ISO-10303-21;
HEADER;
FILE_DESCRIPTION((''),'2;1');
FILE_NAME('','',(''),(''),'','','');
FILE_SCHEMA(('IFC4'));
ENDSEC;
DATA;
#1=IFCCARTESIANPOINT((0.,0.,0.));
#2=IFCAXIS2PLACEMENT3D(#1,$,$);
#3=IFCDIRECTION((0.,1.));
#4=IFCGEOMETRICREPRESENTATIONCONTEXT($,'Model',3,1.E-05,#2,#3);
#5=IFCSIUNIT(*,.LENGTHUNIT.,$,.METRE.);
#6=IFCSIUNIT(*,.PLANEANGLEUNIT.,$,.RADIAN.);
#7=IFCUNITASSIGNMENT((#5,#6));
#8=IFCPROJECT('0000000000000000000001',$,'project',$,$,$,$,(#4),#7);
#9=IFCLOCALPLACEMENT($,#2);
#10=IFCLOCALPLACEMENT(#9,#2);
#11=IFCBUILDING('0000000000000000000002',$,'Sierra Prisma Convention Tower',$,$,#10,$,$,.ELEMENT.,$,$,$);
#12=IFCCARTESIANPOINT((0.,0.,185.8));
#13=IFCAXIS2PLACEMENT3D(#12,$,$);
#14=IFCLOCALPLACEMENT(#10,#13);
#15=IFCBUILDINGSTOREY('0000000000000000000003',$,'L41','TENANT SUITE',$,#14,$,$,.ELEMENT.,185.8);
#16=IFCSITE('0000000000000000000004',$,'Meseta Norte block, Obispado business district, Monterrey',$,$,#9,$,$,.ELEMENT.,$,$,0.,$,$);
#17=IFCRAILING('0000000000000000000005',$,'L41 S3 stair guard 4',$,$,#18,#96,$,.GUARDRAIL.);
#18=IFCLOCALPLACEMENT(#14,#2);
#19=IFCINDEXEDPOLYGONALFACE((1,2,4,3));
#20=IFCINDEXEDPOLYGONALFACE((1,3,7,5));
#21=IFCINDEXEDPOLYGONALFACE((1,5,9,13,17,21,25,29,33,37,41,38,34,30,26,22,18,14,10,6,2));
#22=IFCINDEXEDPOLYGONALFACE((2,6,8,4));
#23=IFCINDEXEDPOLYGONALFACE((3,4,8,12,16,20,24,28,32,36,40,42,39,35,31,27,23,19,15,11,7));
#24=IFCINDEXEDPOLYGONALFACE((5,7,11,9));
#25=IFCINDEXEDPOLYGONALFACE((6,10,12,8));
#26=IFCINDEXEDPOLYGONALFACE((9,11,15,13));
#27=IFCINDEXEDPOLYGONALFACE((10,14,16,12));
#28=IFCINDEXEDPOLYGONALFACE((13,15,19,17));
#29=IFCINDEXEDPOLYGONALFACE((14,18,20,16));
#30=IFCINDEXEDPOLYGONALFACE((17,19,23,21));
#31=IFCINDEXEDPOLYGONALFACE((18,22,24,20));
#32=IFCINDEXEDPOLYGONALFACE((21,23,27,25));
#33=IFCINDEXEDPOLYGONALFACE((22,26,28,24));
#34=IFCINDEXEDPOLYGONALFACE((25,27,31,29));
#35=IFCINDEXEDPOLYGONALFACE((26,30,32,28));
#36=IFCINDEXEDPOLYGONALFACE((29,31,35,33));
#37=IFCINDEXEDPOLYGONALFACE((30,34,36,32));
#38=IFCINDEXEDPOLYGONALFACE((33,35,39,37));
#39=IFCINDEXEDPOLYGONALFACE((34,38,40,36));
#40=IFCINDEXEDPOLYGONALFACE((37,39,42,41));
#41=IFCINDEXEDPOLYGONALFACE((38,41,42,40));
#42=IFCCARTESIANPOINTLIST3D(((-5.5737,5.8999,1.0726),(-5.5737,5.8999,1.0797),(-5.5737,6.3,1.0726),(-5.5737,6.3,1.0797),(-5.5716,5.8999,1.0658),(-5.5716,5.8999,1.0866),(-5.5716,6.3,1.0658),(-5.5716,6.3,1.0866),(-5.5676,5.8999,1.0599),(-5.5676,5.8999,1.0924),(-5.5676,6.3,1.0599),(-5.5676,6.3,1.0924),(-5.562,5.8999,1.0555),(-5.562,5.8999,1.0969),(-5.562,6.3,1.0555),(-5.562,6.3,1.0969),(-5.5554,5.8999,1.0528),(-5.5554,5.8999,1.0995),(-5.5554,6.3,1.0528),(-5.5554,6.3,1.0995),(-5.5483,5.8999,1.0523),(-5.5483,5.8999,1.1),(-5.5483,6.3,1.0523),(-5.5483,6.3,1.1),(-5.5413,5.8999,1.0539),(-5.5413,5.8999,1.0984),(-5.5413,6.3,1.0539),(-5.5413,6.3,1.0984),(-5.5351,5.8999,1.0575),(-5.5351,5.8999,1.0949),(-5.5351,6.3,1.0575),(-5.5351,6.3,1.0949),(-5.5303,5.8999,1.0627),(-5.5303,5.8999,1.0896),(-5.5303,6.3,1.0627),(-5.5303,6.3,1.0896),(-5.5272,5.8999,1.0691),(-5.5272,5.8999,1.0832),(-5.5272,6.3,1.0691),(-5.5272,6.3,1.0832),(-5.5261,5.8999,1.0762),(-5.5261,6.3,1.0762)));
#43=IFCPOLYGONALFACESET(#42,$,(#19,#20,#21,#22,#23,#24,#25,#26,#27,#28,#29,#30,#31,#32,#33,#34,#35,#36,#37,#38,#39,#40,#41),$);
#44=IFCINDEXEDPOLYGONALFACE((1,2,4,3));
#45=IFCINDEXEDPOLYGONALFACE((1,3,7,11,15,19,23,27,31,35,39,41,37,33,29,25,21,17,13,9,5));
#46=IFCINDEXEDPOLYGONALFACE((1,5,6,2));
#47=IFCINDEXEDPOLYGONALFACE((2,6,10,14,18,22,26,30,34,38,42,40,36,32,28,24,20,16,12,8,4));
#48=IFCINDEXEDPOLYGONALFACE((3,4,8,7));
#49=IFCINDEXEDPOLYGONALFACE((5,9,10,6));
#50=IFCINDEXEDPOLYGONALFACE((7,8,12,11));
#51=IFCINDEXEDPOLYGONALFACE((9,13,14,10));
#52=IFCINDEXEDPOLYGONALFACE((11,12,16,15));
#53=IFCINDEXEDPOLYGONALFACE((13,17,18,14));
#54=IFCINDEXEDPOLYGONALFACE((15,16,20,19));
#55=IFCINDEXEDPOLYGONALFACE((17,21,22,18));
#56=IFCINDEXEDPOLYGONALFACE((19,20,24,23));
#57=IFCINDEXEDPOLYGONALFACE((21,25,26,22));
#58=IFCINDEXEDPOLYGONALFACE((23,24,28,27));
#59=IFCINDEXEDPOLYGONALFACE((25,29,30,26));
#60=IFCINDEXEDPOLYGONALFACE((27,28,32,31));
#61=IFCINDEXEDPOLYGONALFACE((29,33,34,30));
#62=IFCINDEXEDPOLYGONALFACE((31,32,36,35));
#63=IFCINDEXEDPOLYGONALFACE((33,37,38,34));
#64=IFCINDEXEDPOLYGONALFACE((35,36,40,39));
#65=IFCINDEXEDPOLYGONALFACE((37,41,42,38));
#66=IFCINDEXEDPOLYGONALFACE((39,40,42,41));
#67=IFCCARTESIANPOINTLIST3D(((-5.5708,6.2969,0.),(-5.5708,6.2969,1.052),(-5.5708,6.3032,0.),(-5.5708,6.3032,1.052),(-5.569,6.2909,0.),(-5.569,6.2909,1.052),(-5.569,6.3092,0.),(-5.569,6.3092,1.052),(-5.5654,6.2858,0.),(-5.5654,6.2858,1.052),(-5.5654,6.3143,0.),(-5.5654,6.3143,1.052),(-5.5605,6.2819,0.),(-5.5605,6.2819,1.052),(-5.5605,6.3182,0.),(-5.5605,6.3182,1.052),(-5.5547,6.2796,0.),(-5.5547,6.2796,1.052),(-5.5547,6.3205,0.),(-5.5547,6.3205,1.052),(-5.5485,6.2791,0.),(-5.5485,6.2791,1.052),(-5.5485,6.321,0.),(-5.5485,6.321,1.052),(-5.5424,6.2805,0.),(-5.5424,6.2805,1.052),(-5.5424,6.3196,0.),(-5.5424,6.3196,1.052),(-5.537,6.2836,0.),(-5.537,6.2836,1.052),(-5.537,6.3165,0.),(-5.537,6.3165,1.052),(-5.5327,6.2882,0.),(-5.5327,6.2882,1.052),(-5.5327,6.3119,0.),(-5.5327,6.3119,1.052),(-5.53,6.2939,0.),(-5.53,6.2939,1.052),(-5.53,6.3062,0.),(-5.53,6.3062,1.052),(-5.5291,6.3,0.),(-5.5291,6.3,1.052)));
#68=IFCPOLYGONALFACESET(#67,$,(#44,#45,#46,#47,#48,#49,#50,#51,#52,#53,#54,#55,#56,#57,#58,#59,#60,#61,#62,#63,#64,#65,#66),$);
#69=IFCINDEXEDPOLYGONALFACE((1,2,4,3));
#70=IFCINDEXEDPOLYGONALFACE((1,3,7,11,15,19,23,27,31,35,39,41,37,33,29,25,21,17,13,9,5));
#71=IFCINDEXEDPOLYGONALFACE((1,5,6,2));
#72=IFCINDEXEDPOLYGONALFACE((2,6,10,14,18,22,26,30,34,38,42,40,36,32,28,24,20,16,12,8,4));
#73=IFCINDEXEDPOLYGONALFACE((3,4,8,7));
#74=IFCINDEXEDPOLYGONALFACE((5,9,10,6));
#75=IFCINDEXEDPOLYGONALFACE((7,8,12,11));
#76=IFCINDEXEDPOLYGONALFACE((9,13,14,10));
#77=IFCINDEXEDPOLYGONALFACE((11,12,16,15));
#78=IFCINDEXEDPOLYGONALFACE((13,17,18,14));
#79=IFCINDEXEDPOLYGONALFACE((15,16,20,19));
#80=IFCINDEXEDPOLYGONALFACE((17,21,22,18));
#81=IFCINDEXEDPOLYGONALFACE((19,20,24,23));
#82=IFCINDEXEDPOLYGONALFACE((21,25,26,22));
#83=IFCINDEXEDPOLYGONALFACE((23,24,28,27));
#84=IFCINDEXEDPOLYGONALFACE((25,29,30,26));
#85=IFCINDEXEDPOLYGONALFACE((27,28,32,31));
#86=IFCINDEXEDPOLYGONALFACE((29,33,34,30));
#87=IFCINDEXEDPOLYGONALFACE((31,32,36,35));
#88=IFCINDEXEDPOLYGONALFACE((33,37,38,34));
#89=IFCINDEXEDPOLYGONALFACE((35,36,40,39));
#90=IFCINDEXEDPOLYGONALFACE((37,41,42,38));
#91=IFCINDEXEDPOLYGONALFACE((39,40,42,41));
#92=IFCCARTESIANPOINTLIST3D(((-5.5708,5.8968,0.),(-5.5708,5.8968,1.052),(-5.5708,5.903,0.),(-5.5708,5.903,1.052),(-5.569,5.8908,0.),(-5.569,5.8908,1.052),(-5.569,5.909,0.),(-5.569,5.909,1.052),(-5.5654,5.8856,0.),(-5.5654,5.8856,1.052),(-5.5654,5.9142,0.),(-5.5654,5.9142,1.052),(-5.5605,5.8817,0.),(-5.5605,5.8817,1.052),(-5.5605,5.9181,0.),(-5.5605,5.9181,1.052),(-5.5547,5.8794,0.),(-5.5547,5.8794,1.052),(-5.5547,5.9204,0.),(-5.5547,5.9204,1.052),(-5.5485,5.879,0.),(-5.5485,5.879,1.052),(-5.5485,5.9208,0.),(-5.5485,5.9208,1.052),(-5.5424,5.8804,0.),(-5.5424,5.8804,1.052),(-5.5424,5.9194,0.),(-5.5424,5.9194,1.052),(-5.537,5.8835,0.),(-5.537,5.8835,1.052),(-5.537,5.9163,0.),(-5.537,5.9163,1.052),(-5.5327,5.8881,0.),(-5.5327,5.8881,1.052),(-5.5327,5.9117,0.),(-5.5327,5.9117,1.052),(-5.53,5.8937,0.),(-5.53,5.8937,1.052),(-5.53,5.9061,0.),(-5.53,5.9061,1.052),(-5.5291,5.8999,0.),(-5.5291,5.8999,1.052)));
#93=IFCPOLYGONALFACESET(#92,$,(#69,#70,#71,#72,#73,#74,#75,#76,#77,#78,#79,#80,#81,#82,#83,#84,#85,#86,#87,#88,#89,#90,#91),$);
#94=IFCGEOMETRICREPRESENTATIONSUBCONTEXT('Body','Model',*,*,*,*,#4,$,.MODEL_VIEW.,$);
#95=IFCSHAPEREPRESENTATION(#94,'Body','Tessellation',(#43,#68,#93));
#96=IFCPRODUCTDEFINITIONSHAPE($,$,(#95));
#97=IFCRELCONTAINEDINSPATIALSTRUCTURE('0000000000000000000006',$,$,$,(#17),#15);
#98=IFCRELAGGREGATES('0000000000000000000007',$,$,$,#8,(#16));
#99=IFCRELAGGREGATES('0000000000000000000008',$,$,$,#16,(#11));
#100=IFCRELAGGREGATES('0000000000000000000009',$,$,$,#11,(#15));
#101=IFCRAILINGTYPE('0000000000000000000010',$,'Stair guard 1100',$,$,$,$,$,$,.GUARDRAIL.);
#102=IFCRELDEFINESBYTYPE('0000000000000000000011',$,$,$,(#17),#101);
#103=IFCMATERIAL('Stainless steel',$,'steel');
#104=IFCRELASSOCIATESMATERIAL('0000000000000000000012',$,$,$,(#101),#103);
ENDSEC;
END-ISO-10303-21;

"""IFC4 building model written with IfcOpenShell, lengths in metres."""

from ifc_helpers import new_model, si_unit, direction, frame, origin, origin_2d, place, context, subcontext, project, spatial, circle, extrude, material, type_object, element, save


model = new_model("IFC4")

# Units and contexts
model_context = context("Model", 3, precision=1e-05, world=origin(), true_north=direction((0.0, 1.0)))
body_context = subcontext(model_context, "Body", "Model", "MODEL_VIEW")
ifc_project = project(units=[si_unit("LENGTHUNIT", "METRE"), si_unit("PLANEANGLEUNIT", "RADIAN")], contexts=[model_context])

# Site, building, storey
site_placement = place(None, origin())
site = spatial("IfcSite", under=ifc_project, at=site_placement, Name="Meseta Norte block, Obispado business district, Monterrey", CompositionType="ELEMENT", RefElevation=0.0)
building_placement = place(site_placement, origin())
building = spatial("IfcBuilding", under=site, at=building_placement, Name="Sierra Prisma Convention Tower", CompositionType="ELEMENT")
storey_placement = place(building_placement, frame((0.0, 0.0, 185.8)))
storey = spatial("IfcBuildingStorey", under=building, at=storey_placement, Name="L41", Description="TENANT SUITE", CompositionType="ELEMENT", Elevation=185.8)

# Railing
ifc_material_1 = material(Name="Stainless steel", Category="steel")
railing_type_1 = type_object("IfcRailingType", Name="Stair guard 1100", PredefinedType="GUARDRAIL", material=ifc_material_1)
railing_1_placement = place(storey_placement, frame((-5.55, 6.3, 0.0)))
element("IfcRailing", 1, at=railing_1_placement, inside=storey, type_object=railing_type_1, Name="L41 S3 stair guard 4", PredefinedType="GUARDRAIL", context=body_context, shape_type="SweptSolid", body=[
    extrude(circle(Radius=0.0239, at=origin_2d()), frame((0.0, 0.0, 1.0762), z_axis=(0.0, -1.0, 0.0), x_axis=(1.0, 0.0, 0.0)), (0.0, 0.0, 1.0), 0.4001),
    extrude(circle(Radius=0.021, at=origin_2d()), origin(), (0.0, 0.0, 1.0), 1.052),
    extrude(circle(Radius=0.021, at=origin_2d()), frame((0.0, -0.4001, 0.0)), (0.0, 0.0, 1.0), 1.052),
])

save(model, "model.ifc")
